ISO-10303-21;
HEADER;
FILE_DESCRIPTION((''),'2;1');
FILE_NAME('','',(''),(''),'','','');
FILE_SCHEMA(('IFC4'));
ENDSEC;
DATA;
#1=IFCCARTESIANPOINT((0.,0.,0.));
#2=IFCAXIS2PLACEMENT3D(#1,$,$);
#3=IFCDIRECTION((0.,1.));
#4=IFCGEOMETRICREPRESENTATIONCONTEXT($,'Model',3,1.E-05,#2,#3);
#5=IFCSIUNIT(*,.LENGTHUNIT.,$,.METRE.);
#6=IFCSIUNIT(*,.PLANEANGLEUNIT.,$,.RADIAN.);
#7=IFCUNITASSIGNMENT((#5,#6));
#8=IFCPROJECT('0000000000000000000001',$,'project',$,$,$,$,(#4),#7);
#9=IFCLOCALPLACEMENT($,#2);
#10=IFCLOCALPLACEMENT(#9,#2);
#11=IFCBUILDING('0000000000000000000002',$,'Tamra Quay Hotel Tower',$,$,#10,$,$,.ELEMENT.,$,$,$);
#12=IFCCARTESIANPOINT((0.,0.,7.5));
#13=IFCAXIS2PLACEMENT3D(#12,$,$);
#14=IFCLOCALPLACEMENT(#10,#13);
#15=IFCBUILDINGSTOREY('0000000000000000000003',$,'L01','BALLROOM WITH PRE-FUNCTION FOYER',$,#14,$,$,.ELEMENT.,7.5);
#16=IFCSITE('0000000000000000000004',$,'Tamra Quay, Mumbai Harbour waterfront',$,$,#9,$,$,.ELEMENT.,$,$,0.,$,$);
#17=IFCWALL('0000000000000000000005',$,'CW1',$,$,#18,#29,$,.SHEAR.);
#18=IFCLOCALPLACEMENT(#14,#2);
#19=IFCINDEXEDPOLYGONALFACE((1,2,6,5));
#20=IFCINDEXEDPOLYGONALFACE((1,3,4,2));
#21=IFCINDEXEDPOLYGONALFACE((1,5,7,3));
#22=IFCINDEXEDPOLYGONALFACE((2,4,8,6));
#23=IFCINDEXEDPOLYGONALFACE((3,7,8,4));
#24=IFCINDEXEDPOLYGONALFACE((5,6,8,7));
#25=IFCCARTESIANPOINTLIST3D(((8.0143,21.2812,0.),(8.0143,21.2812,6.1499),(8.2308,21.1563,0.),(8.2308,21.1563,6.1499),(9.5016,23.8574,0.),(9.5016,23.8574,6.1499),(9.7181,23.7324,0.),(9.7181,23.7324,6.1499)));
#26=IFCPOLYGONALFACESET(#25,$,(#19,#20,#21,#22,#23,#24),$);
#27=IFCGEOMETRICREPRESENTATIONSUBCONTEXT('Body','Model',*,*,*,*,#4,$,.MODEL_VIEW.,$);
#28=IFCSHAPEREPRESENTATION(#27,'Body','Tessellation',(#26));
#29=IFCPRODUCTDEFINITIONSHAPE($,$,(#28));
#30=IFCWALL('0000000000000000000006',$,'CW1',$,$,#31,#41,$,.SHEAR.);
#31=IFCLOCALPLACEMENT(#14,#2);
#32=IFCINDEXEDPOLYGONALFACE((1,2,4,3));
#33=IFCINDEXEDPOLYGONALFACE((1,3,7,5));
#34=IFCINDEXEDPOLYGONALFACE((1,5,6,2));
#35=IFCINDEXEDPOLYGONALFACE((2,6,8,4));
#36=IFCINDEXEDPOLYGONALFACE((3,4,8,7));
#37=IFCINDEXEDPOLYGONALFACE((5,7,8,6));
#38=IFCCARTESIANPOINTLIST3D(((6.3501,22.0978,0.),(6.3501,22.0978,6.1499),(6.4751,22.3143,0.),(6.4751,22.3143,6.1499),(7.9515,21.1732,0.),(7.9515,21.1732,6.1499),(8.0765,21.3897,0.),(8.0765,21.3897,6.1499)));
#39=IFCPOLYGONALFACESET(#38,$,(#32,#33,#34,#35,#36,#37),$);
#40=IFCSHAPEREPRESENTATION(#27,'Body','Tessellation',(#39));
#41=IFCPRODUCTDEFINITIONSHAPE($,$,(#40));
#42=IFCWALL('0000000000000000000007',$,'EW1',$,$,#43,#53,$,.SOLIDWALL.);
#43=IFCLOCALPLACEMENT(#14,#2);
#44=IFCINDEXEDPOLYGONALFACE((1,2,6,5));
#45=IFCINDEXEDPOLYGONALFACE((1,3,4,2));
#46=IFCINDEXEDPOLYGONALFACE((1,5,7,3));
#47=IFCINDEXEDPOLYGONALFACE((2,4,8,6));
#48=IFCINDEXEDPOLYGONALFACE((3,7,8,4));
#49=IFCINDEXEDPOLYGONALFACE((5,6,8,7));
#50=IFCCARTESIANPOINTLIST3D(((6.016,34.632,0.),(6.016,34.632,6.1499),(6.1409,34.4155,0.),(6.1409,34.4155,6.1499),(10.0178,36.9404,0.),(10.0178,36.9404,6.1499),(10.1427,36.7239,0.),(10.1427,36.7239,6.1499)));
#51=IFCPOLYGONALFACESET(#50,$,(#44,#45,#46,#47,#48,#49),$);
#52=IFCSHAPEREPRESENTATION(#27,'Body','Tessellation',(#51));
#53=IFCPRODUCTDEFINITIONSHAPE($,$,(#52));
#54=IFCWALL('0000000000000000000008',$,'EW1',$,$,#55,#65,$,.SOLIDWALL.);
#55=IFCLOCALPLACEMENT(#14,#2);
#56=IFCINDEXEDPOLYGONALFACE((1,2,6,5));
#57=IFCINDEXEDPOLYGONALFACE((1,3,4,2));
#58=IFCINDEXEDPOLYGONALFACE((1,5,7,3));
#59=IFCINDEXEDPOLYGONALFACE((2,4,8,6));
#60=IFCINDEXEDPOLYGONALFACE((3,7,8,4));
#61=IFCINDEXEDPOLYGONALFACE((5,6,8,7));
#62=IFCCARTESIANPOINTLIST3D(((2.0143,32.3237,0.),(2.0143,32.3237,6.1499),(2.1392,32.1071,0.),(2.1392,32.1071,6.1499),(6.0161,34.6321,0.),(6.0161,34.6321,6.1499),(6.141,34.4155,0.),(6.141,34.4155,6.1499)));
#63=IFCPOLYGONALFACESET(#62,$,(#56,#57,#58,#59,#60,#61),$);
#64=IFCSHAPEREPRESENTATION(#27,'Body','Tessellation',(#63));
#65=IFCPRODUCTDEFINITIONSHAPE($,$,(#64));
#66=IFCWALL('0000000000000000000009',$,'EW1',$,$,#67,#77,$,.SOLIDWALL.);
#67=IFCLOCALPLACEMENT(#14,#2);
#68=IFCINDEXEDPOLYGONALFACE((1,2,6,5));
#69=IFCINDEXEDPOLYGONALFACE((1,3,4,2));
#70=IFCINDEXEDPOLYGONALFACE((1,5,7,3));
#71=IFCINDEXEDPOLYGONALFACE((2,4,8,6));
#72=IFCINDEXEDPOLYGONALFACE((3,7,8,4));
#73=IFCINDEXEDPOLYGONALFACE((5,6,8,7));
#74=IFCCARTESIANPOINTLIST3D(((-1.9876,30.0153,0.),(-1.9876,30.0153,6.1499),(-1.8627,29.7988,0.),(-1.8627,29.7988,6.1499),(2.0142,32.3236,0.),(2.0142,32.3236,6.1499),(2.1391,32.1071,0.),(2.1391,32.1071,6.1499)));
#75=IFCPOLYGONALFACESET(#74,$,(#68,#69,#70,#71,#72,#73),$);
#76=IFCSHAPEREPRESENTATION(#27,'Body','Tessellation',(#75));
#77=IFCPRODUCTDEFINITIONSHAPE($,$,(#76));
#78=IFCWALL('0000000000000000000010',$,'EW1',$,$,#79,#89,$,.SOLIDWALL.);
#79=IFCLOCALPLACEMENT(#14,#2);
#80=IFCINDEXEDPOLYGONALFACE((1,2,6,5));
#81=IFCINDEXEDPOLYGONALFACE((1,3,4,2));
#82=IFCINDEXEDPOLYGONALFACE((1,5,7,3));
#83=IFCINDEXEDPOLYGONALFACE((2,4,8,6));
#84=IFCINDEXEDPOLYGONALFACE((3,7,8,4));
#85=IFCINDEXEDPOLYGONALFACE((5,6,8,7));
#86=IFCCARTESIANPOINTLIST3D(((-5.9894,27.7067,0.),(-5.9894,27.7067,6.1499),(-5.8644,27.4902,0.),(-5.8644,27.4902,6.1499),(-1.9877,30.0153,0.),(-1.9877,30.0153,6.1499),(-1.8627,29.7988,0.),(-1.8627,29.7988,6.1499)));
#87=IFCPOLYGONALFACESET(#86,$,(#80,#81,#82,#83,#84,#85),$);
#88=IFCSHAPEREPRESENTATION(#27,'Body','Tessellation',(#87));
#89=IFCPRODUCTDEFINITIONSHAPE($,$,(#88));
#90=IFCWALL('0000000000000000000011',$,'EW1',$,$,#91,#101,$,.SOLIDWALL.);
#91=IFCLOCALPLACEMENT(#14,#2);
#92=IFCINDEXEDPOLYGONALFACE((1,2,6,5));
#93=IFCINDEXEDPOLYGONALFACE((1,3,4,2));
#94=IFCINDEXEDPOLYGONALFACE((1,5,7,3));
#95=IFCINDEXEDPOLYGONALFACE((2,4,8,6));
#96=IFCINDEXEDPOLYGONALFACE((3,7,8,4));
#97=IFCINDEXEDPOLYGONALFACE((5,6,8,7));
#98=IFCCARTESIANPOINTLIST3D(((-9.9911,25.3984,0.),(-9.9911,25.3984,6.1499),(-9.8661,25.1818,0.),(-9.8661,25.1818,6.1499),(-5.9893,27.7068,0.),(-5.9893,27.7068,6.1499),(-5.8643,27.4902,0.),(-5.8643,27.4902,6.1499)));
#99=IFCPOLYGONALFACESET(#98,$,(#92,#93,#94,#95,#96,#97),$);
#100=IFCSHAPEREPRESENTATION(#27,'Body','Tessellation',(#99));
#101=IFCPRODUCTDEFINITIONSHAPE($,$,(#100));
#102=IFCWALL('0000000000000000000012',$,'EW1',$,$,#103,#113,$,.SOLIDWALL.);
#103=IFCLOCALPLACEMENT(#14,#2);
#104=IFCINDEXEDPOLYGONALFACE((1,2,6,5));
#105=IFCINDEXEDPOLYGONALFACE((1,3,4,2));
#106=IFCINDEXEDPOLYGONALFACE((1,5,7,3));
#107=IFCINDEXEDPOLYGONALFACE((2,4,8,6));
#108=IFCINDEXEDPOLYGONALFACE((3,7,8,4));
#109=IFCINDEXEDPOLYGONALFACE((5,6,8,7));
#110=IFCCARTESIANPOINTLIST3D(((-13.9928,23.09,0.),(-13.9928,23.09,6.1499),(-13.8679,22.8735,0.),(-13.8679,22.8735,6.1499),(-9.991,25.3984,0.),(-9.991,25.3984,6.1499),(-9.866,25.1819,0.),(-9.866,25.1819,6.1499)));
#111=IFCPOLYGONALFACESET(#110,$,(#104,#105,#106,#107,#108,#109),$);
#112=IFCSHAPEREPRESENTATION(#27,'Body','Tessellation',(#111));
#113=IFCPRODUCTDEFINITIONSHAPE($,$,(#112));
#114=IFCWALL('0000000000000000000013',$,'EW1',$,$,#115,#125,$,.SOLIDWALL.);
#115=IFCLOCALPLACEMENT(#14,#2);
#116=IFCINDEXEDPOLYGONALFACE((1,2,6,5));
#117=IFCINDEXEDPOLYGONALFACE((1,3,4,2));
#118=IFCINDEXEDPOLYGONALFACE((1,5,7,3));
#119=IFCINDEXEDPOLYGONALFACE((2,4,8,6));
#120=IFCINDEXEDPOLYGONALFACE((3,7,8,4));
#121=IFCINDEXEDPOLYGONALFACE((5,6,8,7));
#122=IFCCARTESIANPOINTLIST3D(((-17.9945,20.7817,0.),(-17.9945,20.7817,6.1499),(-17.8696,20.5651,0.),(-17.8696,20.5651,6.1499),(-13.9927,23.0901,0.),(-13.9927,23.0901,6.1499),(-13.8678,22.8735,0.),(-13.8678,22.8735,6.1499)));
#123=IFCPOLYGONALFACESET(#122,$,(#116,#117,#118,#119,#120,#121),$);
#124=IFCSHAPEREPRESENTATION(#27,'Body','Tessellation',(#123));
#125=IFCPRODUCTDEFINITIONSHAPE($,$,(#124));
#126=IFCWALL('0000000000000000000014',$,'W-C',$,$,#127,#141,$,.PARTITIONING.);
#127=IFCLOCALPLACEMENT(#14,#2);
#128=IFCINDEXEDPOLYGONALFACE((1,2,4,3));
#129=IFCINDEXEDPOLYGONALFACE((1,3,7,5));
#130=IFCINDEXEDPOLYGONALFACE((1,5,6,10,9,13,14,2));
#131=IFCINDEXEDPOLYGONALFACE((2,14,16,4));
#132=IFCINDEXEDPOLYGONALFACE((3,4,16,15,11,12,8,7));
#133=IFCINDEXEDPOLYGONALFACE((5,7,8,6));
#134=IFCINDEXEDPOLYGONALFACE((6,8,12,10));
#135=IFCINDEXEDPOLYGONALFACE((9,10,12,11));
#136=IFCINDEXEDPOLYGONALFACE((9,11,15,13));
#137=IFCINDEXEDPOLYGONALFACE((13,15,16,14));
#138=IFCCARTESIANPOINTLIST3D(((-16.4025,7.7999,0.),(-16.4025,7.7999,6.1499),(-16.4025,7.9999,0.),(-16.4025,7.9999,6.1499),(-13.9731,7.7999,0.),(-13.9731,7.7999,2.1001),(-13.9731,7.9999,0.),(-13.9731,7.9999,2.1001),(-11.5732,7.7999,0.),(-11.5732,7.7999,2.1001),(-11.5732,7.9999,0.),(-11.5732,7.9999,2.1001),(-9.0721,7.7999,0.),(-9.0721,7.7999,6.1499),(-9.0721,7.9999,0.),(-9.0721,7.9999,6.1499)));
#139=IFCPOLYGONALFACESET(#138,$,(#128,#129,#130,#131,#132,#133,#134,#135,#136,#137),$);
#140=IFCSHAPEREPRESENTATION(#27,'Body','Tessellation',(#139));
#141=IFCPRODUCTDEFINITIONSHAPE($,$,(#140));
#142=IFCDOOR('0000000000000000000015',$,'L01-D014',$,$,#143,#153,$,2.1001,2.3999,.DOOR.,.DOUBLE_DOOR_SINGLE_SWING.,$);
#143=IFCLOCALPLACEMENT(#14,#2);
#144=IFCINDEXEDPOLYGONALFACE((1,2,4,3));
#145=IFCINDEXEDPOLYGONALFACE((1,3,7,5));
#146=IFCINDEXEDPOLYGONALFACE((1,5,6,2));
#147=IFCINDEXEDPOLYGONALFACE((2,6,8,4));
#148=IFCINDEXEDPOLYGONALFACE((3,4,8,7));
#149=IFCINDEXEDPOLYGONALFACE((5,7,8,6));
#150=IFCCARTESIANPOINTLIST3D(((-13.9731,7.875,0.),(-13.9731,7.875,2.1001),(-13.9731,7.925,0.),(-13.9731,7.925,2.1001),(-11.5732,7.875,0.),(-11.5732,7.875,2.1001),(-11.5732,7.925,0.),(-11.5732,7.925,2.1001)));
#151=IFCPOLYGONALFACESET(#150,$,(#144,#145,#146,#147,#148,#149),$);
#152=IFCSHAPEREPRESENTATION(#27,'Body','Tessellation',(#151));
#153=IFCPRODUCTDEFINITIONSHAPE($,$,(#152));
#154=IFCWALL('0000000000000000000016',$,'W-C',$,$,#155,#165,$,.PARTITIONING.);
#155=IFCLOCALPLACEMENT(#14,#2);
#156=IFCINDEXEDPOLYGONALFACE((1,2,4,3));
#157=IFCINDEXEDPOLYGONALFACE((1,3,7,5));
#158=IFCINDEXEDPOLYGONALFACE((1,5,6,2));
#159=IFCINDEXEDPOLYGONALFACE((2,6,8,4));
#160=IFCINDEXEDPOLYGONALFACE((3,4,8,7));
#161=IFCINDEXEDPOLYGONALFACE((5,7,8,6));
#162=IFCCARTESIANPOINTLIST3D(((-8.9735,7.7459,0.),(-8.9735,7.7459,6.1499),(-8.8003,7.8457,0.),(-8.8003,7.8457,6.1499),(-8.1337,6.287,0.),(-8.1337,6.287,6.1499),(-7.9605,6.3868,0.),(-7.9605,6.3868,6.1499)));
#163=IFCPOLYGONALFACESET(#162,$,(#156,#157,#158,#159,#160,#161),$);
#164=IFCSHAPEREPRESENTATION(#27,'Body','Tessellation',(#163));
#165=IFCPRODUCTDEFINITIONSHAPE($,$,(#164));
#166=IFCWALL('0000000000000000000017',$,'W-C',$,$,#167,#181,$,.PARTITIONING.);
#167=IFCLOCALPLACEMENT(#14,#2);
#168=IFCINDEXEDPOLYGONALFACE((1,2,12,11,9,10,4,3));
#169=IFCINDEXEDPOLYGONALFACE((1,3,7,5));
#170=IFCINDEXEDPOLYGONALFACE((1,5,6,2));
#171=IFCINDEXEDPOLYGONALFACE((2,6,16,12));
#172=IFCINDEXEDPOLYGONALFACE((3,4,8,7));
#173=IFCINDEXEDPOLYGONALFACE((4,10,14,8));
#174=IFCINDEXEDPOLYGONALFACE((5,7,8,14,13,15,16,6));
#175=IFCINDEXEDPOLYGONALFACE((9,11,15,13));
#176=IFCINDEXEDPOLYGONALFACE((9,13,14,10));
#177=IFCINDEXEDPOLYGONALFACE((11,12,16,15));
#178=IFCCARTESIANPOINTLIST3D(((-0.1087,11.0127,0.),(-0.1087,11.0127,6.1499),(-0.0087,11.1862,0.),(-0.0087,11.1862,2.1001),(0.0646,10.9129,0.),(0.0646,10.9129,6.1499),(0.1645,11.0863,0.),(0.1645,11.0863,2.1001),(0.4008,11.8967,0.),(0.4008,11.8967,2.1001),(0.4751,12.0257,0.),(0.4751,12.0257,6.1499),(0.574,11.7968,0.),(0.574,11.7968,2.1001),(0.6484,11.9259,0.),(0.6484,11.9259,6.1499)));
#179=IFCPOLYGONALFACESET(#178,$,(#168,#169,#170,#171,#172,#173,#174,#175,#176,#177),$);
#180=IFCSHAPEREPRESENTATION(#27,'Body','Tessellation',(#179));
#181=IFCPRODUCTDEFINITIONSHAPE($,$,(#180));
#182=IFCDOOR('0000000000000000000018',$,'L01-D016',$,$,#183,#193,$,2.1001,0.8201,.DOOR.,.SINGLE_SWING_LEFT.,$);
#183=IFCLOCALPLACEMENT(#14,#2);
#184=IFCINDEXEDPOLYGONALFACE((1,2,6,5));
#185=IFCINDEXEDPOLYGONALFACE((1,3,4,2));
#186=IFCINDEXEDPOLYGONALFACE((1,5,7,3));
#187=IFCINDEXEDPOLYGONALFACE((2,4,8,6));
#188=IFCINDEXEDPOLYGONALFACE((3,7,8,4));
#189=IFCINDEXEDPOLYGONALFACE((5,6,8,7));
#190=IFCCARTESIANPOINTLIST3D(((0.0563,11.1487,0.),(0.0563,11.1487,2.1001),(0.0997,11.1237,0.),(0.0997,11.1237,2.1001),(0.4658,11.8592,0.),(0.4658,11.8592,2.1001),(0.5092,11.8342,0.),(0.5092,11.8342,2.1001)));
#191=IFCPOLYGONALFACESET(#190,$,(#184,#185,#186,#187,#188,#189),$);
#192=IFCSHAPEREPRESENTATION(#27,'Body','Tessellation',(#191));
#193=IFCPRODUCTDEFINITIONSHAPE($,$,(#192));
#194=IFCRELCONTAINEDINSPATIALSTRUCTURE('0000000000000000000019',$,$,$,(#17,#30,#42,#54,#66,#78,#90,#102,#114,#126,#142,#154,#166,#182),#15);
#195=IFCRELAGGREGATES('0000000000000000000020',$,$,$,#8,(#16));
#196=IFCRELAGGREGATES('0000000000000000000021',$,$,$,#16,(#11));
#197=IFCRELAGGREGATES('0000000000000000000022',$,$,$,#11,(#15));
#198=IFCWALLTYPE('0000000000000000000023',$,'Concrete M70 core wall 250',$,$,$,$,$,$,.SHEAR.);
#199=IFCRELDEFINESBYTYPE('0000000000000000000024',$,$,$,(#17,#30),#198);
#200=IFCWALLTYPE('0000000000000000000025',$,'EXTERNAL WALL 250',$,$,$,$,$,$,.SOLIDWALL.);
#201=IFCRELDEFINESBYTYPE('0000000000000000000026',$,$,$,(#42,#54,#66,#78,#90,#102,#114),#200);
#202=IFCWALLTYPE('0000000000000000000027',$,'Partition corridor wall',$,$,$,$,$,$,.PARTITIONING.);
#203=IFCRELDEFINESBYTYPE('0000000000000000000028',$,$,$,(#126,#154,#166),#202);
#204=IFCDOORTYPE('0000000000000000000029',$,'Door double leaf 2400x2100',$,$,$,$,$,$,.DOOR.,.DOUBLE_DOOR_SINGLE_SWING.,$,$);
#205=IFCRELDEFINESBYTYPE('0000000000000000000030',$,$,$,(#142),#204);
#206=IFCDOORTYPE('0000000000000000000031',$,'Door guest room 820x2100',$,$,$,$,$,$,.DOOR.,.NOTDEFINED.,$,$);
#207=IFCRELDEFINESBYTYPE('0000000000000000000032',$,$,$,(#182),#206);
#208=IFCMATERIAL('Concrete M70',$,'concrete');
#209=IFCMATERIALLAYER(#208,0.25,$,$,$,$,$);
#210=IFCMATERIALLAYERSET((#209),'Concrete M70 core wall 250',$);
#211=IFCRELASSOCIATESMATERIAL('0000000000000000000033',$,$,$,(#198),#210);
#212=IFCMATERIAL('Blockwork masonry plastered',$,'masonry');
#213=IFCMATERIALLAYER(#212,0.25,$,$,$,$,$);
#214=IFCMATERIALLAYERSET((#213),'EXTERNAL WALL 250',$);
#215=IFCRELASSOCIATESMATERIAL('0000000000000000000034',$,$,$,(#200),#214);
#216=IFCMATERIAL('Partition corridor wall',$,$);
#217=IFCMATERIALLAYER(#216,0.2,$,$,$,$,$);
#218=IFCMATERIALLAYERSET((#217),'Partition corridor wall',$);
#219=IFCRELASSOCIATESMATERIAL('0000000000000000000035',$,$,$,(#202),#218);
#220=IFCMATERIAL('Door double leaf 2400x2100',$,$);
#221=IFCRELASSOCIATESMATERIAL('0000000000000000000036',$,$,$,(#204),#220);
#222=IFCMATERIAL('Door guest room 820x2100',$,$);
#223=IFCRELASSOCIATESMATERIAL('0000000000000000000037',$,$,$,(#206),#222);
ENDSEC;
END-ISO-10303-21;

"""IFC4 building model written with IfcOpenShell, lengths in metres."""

from ifc_helpers import new_model, si_unit, direction, frame, frame_2d, origin, place, context, subcontext, project, spatial, rectangle, extrude, material, layer, layer_set, type_object, element, fill, save


model = new_model("IFC4")

# Units and contexts
model_context = context("Model", 3, precision=1e-05, world=origin(), true_north=direction((0.0, 1.0)))
body_context = subcontext(model_context, "Body", "Model", "MODEL_VIEW")
ifc_project = project(units=[si_unit("LENGTHUNIT", "METRE"), si_unit("PLANEANGLEUNIT", "RADIAN")], contexts=[model_context])

# Site, building, storey
site_placement = place(None, origin())
site = spatial("IfcSite", under=ifc_project, at=site_placement, Name="Tamra Quay, Mumbai Harbour waterfront", CompositionType="ELEMENT", RefElevation=0.0)
building_placement = place(site_placement, origin())
building = spatial("IfcBuilding", under=site, at=building_placement, Name="Tamra Quay Hotel Tower", CompositionType="ELEMENT")
storey_placement = place(building_placement, frame((0.0, 0.0, 7.5)))
storey = spatial("IfcBuildingStorey", under=building, at=storey_placement, Name="L01", Description="BALLROOM WITH PRE-FUNCTION FOYER", CompositionType="ELEMENT", Elevation=7.5)

# Shared definitions
ifc_material_1 = material(Name="Concrete M70", Category="concrete")

# Walls
ifc_layer_1 = layer(ifc_material_1, 0.25)
ifc_layer_set_1 = layer_set([ifc_layer_1], Name="Concrete M70 core wall 250")
wall_type_1 = type_object("IfcWallType", Name="Concrete M70 core wall 250", PredefinedType="SHEAR", material=ifc_layer_set_1)
wall_1_placement = place(storey_placement, frame((8.1226, 21.2188, 0.0), z_axis=(0.0, 0.0, 1.0), x_axis=(0.499988, 0.866033, 0.0)))
element("IfcWall", 1, at=wall_1_placement, inside=storey, type_object=wall_type_1, Name="CW1", PredefinedType="SHEAR", context=body_context, shape_type="SweptSolid", body=[
    extrude(rectangle(XDim=2.9746, YDim=0.25, at=frame_2d((1.4873, 0.0))), origin(), (0.0, 0.0, 1.0), 6.1499),
])
wall_2_placement = place(storey_placement, frame((6.4126, 22.2061, 0.0), z_axis=(0.0, 0.0, 1.0), x_axis=(0.866016, -0.500016, 0.0)))
element("IfcWall", 2, at=wall_2_placement, inside=storey, type_object=wall_type_1, Name="CW1", PredefinedType="SHEAR", context=body_context, shape_type="SweptSolid", body=[
    extrude(rectangle(XDim=1.8491, YDim=0.25, at=frame_2d((0.9246, 0.0))), origin(), (0.0, 0.0, 1.0), 6.1499),
])
ifc_material_2 = material(Name="Blockwork masonry plastered", Category="masonry")
ifc_layer_2 = layer(ifc_material_2, 0.25)
ifc_layer_set_2 = layer_set([ifc_layer_2], Name="EXTERNAL WALL 250")
wall_type_2 = type_object("IfcWallType", Name="EXTERNAL WALL 250", PredefinedType="SOLIDWALL", material=ifc_layer_set_2)
for number, where, z_axis, x_axis, name in (
    (3, (6.0784, 34.5237, 0.0), (0.0, 0.0, 1.0), (0.866216, 0.499669, 0.0), "EW1"),
    (4, (2.0767, 32.2153, 0.0), (0.0, 0.0, 1.0), (0.866216, 0.499669, 0.0), "EW1"),
    (5, (-1.9253, 29.907, 0.0), (0.0, 0.0, 1.0), (0.86623, 0.499646, 0.0), "EW1"),
    (6, (-5.927, 27.5984, 0.0), (0.0, 0.0, 1.0), (0.866194, 0.499709, 0.0), "EW1"),
    (7, (-9.9287, 25.29, 0.0), (0.0, 0.0, 1.0), (0.866216, 0.499669, 0.0), "EW1"),
    (8, (-13.9304, 22.9817, 0.0), (0.0, 0.0, 1.0), (0.866216, 0.499669, 0.0), "EW1"),
    (9, (-17.9321, 20.6733, 0.0), (0.0, 0.0, 1.0), (0.866216, 0.499669, 0.0), "EW1"),
):
    element("IfcWall", number, at=place(storey_placement, frame(where, z_axis=z_axis, x_axis=x_axis)), inside=storey, type_object=wall_type_2, Name=name, PredefinedType="SOLIDWALL", context=body_context, shape_type="SweptSolid", body=[
        extrude(rectangle(XDim=4.6199, YDim=0.25, at=frame_2d((2.3101, 0.0))), origin(), (0.0, 0.0, 1.0), 6.1499),
    ])

# Wall, opening, door
ifc_material_3 = material(Name="Partition corridor wall")
ifc_layer_3 = layer(ifc_material_3, 0.2)
ifc_layer_set_3 = layer_set([ifc_layer_3], Name="Partition corridor wall")
wall_type_3 = type_object("IfcWallType", Name="Partition corridor wall", PredefinedType="PARTITIONING", material=ifc_layer_set_3)
wall_3_placement = place(storey_placement, frame((-16.4023, 7.8999, 0.0), z_axis=(0.0, 0.0, 1.0), x_axis=(1.0, 0.0, 0.0)))
wall_3 = element("IfcWall", 10, at=wall_3_placement, inside=storey, type_object=wall_type_3, Name="W-C", PredefinedType="PARTITIONING", context=body_context, shape_type="SweptSolid", body=[
    extrude(rectangle(XDim=7.3303, YDim=0.2, at=frame_2d((3.665, 0.0))), origin(), (0.0, 0.0, 1.0), 6.1499),
])
opening_1_placement = place(wall_3_placement, frame((2.4292, 0.0, 0.0)))
opening_1 = element("IfcOpeningElement", 11, at=opening_1_placement, cuts=wall_3, PredefinedType="OPENING", context=body_context, shape_type="SweptSolid", body=[
    extrude(rectangle(XDim=2.3999, YDim=2.1001, at=frame_2d((1.2, 1.05))), frame((0.0, 0.1099, 0.0), z_axis=(0.0, -1.0, 0.0), x_axis=(1.0, 0.0, 0.0)), (0.0, 0.0, 1.0), 0.22),
])
ifc_material_4 = material(Name="Door double leaf 2400x2100")
door_type_1 = type_object("IfcDoorType", Name="Door double leaf 2400x2100", OperationType="DOUBLE_DOOR_SINGLE_SWING", PredefinedType="DOOR", material=ifc_material_4)
door_1_placement = place(opening_1_placement, frame((2.3999, 0.0, 0.0), z_axis=(0.0, 0.0, 1.0), x_axis=(-1.0, 0.0, 0.0)))
door_1 = element("IfcDoor", 12, at=door_1_placement, inside=storey, type_object=door_type_1, Name="L01-D014", OperationType="DOUBLE_DOOR_SINGLE_SWING", OverallHeight=2.1001, OverallWidth=2.3999, PredefinedType="DOOR", context=body_context, shape_type="SweptSolid", body=[
    extrude(rectangle(XDim=2.3999, YDim=2.1001, at=frame_2d((1.2, 1.05))), frame((0.0, 0.0249, 0.0), z_axis=(0.0, -1.0, 0.0), x_axis=(1.0, 0.0, 0.0)), (0.0, 0.0, 1.0), 0.05),
])
fill(opening_1, door_1)

# Wall
wall_4_placement = place(storey_placement, frame((-8.887, 7.7959, 0.0), z_axis=(0.0, 0.0, 1.0), x_axis=(0.498885, -0.866668, 0.0)))
element("IfcWall", 13, at=wall_4_placement, inside=storey, type_object=wall_type_3, Name="W-C", PredefinedType="PARTITIONING", context=body_context, shape_type="SweptSolid", body=[
    extrude(rectangle(XDim=1.6833, YDim=0.2, at=frame_2d((0.8418, 0.0))), origin(), (0.0, 0.0, 1.0), 6.1499),
])

# Wall, opening, door
wall_5_placement = place(storey_placement, frame((-0.022, 10.9629, 0.0), z_axis=(0.0, 0.0, 1.0), x_axis=(0.499307, 0.866425, 0.0)))
wall_5 = element("IfcWall", 14, at=wall_5_placement, inside=storey, type_object=wall_type_3, Name="W-C", PredefinedType="PARTITIONING", context=body_context, shape_type="SweptSolid", body=[
    extrude(rectangle(XDim=1.1692, YDim=0.2, at=frame_2d((0.5845, 0.0))), origin(), (0.0, 0.0, 1.0), 6.1499),
])
opening_2_placement = place(wall_5_placement, frame((0.2, 0.0, 0.0)))
opening_2 = element("IfcOpeningElement", 15, at=opening_2_placement, cuts=wall_5, PredefinedType="OPENING", context=body_context, shape_type="SweptSolid", body=[
    extrude(rectangle(XDim=0.8201, YDim=2.1001, at=frame_2d((0.4102, 1.05))), frame((0.0, 0.1099, 0.0), z_axis=(0.0, -1.0, 0.0), x_axis=(1.0, 0.0, 0.0)), (0.0, 0.0, 1.0), 0.22),
])
ifc_material_5 = material(Name="Door guest room 820x2100")
door_type_2 = type_object("IfcDoorType", Name="Door guest room 820x2100", OperationType="NOTDEFINED", PredefinedType="DOOR", material=ifc_material_5)
door_2_placement = place(opening_2_placement, origin())
door_2 = element("IfcDoor", 16, at=door_2_placement, inside=storey, type_object=door_type_2, Name="L01-D016", OperationType="SINGLE_SWING_LEFT", OverallHeight=2.1001, OverallWidth=0.8201, PredefinedType="DOOR", context=body_context, shape_type="SweptSolid", body=[
    extrude(rectangle(XDim=0.8201, YDim=2.1001, at=frame_2d((0.4102, 1.05))), frame((0.0, 0.0249, 0.0), z_axis=(0.0, -1.0, 0.0), x_axis=(1.0, 0.0, 0.0)), (0.0, 0.0, 1.0), 0.05),
])
fill(opening_2, door_2)

save(model, "model.ifc")
